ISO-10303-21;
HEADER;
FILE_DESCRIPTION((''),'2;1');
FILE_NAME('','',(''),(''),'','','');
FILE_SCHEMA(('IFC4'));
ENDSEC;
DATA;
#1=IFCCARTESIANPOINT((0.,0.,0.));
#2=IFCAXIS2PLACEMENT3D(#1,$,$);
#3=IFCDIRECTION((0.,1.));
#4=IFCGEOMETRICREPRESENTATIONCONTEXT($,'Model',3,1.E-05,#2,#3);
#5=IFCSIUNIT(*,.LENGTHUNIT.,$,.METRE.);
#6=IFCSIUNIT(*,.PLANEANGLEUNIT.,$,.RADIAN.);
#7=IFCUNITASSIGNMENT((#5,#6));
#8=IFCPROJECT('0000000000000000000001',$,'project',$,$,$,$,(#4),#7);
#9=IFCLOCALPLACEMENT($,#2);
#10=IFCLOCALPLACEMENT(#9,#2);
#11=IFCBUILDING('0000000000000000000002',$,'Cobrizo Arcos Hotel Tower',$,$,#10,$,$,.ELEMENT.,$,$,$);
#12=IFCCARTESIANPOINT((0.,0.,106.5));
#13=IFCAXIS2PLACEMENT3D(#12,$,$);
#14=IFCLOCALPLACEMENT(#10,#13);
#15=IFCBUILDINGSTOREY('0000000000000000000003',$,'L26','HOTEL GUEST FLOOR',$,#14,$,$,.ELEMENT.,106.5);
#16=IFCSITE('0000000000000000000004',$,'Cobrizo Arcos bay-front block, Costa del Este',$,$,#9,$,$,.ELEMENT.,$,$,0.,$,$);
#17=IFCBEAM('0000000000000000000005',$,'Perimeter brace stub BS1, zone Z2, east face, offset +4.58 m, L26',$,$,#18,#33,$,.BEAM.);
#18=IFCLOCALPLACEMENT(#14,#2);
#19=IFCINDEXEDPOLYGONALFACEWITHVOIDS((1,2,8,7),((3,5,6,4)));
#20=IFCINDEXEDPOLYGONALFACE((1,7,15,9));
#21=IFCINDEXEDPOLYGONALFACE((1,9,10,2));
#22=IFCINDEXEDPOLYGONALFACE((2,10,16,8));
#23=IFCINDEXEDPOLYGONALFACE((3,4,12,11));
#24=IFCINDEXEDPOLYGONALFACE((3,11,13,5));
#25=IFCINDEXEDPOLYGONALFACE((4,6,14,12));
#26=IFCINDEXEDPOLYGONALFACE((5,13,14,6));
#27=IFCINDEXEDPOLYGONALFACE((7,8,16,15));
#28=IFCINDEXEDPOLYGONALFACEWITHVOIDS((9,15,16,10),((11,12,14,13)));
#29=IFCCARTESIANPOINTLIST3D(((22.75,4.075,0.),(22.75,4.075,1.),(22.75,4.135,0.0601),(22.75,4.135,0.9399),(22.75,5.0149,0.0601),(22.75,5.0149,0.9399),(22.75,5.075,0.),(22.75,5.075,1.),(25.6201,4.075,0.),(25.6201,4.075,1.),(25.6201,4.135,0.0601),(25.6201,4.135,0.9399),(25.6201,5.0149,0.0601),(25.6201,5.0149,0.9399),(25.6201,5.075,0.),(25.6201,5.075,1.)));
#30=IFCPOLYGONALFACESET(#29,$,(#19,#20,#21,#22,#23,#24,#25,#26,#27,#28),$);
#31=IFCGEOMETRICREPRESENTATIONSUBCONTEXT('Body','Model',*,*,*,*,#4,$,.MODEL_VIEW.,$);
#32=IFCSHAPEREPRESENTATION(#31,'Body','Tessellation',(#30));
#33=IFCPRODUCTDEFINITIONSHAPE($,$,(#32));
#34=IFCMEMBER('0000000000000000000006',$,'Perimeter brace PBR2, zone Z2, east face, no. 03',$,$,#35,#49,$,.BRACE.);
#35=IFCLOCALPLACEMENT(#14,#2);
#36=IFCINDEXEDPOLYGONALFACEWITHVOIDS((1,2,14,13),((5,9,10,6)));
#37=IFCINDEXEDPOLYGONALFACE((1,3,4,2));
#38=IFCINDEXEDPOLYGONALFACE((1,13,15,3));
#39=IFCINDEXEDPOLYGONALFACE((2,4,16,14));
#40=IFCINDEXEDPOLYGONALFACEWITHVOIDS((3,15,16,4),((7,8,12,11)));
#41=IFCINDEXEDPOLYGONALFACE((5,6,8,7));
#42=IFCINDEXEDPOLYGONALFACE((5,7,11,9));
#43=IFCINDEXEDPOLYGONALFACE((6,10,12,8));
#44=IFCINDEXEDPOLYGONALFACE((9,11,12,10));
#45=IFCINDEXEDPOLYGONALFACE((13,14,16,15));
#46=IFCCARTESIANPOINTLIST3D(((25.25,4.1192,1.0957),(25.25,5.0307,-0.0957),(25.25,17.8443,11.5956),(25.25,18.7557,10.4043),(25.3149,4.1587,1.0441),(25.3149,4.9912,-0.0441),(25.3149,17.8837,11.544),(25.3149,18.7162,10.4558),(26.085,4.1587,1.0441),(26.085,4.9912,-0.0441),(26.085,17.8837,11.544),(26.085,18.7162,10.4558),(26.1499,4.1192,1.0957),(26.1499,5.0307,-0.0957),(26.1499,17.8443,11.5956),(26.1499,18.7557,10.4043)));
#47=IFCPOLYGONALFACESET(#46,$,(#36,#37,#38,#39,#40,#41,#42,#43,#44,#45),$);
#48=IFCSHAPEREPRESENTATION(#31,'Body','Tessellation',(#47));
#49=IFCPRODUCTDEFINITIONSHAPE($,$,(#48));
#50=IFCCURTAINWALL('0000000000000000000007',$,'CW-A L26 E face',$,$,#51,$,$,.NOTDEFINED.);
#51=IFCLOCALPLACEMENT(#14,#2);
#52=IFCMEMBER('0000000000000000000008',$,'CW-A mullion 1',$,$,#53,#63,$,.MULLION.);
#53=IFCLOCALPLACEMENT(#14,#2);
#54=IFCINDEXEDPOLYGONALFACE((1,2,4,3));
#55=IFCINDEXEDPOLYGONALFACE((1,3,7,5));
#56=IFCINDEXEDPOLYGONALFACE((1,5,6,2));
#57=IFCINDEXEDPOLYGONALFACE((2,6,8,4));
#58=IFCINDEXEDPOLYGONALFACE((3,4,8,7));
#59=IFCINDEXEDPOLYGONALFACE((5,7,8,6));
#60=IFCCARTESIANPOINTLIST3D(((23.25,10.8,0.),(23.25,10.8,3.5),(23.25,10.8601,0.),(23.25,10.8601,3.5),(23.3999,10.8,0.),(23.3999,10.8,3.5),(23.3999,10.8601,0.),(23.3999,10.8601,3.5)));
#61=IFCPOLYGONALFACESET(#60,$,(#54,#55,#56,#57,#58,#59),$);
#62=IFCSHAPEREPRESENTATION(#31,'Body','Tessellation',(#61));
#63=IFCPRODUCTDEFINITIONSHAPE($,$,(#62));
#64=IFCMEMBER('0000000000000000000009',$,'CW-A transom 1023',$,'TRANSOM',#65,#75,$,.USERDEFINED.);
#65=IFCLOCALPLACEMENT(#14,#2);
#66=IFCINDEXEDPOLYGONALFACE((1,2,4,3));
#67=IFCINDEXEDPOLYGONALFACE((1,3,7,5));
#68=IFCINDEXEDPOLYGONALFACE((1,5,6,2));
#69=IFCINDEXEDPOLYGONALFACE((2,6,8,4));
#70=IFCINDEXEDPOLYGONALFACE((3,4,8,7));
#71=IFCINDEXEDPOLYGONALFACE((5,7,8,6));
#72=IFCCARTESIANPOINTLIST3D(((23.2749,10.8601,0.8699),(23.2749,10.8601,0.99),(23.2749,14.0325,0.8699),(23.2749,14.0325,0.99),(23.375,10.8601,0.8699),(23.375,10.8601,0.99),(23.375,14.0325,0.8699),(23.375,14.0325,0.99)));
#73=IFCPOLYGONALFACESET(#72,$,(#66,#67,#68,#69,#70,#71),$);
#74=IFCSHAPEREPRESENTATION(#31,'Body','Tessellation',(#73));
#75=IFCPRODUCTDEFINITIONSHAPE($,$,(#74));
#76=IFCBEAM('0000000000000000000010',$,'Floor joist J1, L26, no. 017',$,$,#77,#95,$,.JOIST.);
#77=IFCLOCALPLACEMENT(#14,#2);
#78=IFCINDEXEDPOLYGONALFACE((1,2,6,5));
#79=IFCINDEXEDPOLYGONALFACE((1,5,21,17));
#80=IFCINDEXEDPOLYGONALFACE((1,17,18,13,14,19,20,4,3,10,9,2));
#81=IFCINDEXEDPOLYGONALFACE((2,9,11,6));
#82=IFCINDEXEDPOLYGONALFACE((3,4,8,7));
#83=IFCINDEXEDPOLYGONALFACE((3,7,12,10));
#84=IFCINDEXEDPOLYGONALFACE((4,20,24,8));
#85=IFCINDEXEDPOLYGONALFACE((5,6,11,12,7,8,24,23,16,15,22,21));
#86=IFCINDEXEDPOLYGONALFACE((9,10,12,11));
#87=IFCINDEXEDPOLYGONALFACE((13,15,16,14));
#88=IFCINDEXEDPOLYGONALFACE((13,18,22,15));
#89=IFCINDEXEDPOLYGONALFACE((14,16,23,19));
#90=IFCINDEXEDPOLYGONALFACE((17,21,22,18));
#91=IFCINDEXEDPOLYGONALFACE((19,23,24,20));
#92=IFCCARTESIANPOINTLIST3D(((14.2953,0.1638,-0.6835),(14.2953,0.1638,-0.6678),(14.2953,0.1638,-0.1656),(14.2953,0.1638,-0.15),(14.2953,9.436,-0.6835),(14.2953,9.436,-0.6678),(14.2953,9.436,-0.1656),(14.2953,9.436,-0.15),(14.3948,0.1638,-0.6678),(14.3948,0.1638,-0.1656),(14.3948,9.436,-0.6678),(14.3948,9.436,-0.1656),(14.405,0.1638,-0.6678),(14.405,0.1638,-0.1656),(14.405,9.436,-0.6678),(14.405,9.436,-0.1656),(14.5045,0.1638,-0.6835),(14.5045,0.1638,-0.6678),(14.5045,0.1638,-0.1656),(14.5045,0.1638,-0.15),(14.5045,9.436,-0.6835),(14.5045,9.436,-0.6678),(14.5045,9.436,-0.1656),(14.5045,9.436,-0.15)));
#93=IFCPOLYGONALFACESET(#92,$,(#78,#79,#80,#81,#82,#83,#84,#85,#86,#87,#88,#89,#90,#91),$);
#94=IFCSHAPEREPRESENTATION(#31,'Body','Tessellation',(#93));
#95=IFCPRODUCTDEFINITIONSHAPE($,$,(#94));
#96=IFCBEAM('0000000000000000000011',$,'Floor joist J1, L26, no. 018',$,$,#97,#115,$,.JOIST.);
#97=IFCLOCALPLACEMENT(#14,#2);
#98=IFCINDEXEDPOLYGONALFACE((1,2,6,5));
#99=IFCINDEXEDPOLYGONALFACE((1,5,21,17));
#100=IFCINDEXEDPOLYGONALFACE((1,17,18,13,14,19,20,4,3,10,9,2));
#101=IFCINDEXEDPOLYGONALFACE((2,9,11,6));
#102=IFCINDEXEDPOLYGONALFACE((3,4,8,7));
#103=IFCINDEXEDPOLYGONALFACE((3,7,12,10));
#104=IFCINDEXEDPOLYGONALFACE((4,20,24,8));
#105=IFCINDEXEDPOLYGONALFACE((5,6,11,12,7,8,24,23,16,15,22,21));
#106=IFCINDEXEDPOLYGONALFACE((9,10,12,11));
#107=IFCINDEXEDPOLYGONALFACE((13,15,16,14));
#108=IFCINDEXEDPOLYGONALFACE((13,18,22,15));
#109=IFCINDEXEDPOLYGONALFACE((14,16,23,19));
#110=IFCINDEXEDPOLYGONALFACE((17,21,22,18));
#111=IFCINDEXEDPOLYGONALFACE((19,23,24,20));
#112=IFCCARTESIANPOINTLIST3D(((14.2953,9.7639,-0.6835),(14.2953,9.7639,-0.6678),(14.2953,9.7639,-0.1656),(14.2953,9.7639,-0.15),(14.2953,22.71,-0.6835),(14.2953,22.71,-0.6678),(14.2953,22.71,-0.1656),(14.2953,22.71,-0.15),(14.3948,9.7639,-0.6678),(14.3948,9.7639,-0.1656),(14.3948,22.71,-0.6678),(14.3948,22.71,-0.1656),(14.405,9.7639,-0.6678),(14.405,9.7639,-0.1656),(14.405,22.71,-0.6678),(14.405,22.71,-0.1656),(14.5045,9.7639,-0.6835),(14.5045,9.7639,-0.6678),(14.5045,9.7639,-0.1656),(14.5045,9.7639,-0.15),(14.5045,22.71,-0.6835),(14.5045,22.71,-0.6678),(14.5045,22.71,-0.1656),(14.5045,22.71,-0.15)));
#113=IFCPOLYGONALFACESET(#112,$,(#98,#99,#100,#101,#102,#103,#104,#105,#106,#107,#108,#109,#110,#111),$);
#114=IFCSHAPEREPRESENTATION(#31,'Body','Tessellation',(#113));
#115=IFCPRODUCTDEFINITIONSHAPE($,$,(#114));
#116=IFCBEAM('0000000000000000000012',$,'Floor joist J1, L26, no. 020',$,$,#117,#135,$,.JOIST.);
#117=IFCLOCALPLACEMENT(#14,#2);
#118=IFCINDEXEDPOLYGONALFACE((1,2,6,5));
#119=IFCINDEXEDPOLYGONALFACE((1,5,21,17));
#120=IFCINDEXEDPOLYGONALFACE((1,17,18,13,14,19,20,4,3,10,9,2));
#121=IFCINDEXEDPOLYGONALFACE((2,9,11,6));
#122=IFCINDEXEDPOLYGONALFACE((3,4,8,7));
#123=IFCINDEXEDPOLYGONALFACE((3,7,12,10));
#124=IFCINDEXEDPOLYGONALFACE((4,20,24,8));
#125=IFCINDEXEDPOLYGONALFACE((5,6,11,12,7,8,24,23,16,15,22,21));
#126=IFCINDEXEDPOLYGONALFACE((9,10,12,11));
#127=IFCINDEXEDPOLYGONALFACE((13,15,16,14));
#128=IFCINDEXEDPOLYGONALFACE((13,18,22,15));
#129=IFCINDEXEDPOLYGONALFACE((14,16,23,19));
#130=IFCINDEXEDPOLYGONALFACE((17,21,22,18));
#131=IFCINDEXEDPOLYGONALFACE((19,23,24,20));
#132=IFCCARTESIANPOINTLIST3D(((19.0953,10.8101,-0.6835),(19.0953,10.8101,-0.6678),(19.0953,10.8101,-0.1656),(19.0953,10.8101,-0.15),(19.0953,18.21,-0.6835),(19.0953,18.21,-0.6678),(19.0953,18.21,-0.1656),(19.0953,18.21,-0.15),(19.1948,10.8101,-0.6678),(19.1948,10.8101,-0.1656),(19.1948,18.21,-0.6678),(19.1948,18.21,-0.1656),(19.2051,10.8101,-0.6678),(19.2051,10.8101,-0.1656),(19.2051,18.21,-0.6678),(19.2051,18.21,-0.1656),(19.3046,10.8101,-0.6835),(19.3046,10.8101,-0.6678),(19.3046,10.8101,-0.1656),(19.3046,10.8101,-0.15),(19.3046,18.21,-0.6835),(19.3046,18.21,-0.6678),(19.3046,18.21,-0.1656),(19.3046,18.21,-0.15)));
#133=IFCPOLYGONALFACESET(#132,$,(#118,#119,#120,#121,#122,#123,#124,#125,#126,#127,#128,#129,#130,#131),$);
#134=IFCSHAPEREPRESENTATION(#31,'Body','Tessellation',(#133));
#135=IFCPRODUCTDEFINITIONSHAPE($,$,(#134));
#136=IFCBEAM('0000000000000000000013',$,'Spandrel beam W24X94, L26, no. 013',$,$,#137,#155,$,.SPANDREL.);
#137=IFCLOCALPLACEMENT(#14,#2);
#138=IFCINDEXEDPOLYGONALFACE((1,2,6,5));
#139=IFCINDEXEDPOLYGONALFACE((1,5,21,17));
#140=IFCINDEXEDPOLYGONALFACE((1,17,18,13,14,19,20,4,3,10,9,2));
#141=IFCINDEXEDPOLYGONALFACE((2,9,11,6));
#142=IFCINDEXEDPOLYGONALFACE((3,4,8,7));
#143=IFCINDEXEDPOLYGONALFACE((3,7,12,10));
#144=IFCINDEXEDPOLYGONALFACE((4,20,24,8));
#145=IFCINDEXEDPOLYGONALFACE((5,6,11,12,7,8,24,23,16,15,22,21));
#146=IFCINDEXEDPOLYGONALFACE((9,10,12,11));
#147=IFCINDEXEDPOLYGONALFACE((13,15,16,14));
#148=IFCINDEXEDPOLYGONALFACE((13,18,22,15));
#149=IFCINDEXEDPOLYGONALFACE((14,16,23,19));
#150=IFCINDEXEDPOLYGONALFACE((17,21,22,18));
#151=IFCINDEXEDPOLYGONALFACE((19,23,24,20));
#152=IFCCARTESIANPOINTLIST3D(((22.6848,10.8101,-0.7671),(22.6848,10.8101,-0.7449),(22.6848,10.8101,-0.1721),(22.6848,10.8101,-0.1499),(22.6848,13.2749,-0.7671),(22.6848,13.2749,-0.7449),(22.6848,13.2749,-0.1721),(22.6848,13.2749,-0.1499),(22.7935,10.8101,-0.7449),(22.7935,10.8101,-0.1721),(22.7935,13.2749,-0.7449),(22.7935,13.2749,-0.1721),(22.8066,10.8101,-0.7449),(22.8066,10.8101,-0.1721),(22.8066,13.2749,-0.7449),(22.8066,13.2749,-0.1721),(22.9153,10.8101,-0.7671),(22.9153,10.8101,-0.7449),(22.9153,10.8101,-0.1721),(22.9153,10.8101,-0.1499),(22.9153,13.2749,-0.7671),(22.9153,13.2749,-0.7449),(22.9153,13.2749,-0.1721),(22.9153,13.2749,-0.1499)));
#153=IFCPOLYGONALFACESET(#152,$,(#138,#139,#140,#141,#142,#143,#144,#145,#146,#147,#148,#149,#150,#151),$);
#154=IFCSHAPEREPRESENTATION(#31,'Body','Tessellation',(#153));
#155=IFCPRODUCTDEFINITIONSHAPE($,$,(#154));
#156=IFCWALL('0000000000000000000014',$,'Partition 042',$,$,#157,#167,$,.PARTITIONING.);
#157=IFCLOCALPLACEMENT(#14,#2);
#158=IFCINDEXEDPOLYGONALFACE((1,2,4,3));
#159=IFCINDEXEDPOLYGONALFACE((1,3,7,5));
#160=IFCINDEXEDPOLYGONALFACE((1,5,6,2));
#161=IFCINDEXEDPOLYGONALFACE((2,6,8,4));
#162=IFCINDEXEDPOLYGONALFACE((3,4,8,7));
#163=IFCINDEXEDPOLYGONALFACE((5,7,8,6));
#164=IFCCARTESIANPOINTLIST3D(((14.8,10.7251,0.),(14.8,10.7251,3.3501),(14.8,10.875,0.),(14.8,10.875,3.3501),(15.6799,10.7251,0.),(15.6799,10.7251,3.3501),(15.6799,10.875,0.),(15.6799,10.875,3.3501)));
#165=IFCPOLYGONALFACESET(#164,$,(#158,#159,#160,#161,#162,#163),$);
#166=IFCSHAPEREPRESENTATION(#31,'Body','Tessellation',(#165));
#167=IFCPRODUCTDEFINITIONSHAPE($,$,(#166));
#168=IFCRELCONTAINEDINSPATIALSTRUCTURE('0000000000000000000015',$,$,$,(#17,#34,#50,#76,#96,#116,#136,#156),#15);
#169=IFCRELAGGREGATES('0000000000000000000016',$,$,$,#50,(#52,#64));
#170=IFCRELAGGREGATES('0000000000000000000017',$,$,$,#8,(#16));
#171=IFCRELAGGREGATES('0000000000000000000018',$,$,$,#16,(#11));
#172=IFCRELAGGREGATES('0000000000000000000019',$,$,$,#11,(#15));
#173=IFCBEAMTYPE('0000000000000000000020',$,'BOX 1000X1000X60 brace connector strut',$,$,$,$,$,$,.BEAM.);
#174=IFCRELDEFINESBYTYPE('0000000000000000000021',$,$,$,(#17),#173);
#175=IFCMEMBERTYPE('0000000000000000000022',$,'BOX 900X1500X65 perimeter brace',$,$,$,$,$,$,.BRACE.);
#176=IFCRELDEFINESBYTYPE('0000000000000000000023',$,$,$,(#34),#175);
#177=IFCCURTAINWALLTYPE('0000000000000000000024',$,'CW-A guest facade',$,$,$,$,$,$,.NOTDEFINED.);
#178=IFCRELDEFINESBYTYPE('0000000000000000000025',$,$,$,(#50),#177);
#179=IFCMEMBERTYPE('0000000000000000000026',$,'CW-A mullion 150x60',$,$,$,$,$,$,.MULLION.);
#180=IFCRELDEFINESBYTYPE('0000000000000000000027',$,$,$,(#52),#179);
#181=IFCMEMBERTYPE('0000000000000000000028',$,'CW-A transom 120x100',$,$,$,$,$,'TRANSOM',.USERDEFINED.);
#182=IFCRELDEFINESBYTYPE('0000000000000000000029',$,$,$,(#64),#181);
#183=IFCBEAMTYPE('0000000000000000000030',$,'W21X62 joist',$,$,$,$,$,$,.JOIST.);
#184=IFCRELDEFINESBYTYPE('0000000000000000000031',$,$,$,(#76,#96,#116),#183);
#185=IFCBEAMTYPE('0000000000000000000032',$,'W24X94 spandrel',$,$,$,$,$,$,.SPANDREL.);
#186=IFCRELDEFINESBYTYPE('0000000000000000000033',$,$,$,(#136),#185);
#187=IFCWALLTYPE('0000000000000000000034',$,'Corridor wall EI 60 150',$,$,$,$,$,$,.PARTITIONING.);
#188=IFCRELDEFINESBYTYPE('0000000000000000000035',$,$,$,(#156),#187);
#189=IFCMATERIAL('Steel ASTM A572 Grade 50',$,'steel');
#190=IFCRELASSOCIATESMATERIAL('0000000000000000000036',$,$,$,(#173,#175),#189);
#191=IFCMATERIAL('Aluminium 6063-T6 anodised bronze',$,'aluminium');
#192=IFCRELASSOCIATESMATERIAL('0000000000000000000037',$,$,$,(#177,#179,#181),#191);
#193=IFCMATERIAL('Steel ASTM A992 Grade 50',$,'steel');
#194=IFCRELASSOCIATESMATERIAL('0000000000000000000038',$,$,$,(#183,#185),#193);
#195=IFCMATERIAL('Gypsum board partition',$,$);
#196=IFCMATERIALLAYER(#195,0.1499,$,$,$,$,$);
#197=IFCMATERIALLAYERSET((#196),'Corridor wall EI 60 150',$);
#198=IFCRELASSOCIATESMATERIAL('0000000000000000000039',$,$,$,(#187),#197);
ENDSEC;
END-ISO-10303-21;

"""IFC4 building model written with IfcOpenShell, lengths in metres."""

from ifc_helpers import new_model, si_unit, direction, frame, frame_2d, origin, origin_2d, place, context, subcontext, project, spatial, rectangle, hollow_rectangle, i_section, extrude, material, layer, layer_set, material_profile, profile_set, type_object, element, aggregate, save


model = new_model("IFC4")

# Units and contexts
model_context = context("Model", 3, precision=1e-05, world=origin(), true_north=direction((0.0, 1.0)))
body_context = subcontext(model_context, "Body", "Model", "MODEL_VIEW")
ifc_project = project(units=[si_unit("LENGTHUNIT", "METRE"), si_unit("PLANEANGLEUNIT", "RADIAN")], contexts=[model_context])

# Site, building, storey
site_placement = place(None, origin())
site = spatial("IfcSite", under=ifc_project, at=site_placement, Name="Cobrizo Arcos bay-front block, Costa del Este", CompositionType="ELEMENT", RefElevation=0.0)
building_placement = place(site_placement, origin())
building = spatial("IfcBuilding", under=site, at=building_placement, Name="Cobrizo Arcos Hotel Tower", CompositionType="ELEMENT")
storey_placement = place(building_placement, frame((0.0, 0.0, 106.5)))
storey = spatial("IfcBuildingStorey", under=building, at=storey_placement, Name="L26", Description="HOTEL GUEST FLOOR", CompositionType="ELEMENT", Elevation=106.5)

# Beam
ifc_material_1 = material(Name="Steel ASTM A572 Grade 50", Category="steel")
ifc_material_profile_1 = material_profile(ifc_material_1, hollow_rectangle(XDim=1.0, YDim=1.0, WallThickness=0.0601, at=origin_2d()), Name="BOX 1000X1000X60")
ifc_profile_set_1 = profile_set([ifc_material_profile_1], Name="Steel ASTM A572 Grade 50")
beam_type_1 = type_object("IfcBeamType", Name="BOX 1000X1000X60 brace connector strut", PredefinedType="BEAM", material=ifc_profile_set_1)
beam_1_placement = place(storey_placement, frame((22.75, 4.575, 0.5), z_axis=(1.0, 0.0, 0.0), x_axis=(0.0, 1.0, 0.0)))
element("IfcBeam", 1, at=beam_1_placement, inside=storey, type_object=beam_type_1, Name="Perimeter brace stub BS1, zone Z2, east face, offset +4.58 m, L26", PredefinedType="BEAM", context=body_context, shape_type="SweptSolid", body=[
    extrude(hollow_rectangle(XDim=1.0, YDim=1.0, WallThickness=0.0601, at=origin_2d()), origin(), (0.0, 0.0, 1.0), 2.8701),
])

# Member
ifc_material_profile_2 = material_profile(ifc_material_1, hollow_rectangle(XDim=0.8999, YDim=1.5, WallThickness=0.0649, at=origin_2d()), Name="BOX 900X1500X65")
ifc_profile_set_2 = profile_set([ifc_material_profile_2], Name="Steel ASTM A572 Grade 50")
member_type_1 = type_object("IfcMemberType", Name="BOX 900X1500X65 perimeter brace", PredefinedType="BRACE", material=ifc_profile_set_2)
member_1_placement = place(storey_placement, frame((25.7, 4.575, 0.5), z_axis=(0.0, 0.794237, 0.607608), x_axis=(-1.0, 0.0, 0.0)))
element("IfcMember", 2, at=member_1_placement, inside=storey, type_object=member_type_1, Name="Perimeter brace PBR2, zone Z2, east face, no. 03", PredefinedType="BRACE", context=body_context, shape_type="SweptSolid", body=[
    extrude(hollow_rectangle(XDim=0.8999, YDim=1.5, WallThickness=0.0649, at=origin_2d()), origin(), (0.0, 0.0, 1.0), 17.2808),
])

# Curtain wall, members
ifc_material_2 = material(Name="Aluminium 6063-T6 anodised bronze", Category="aluminium")
curtain_wall_type = type_object("IfcCurtainWallType", Name="CW-A guest facade", PredefinedType="NOTDEFINED", material=ifc_material_2)
curtain_wall_placement = place(storey_placement, origin())
curtain_wall = element("IfcCurtainWall", 3, at=curtain_wall_placement, inside=storey, type_object=curtain_wall_type, Name="CW-A L26 E face", PredefinedType="NOTDEFINED")
ifc_material_profile_3 = material_profile(ifc_material_2, rectangle(XDim=0.1499, YDim=0.0601, at=origin_2d()), Name="CW-A mullion 150x60")
ifc_profile_set_3 = profile_set([ifc_material_profile_3], Name="Aluminium 6063-T6 anodised bronze")
member_type_2 = type_object("IfcMemberType", Name="CW-A mullion 150x60", PredefinedType="MULLION", material=ifc_profile_set_3)
member_2_placement = place(storey_placement, frame((23.325, 10.8301, 0.0), z_axis=(0.0, 0.0, 1.0), x_axis=(1.0, 0.0, 0.0)))
member_2 = element("IfcMember", 4, at=member_2_placement, type_object=member_type_2, Name="CW-A mullion 1", PredefinedType="MULLION", context=body_context, shape_type="SweptSolid", body=[
    extrude(rectangle(XDim=0.1499, YDim=0.0601, at=origin_2d()), origin(), (0.0, 0.0, 1.0), 3.5),
])
ifc_material_profile_4 = material_profile(ifc_material_2, rectangle(XDim=0.1001, YDim=0.1201, at=origin_2d()), Name="CW-A transom 120x100")
ifc_profile_set_4 = profile_set([ifc_material_profile_4], Name="Aluminium 6063-T6 anodised bronze")
member_type_3 = type_object("IfcMemberType", Name="CW-A transom 120x100", ElementType="TRANSOM", PredefinedType="USERDEFINED", material=ifc_profile_set_4)
member_3_placement = place(storey_placement, frame((23.325, 10.8601, 0.9299), z_axis=(0.0, 1.0, 0.0), x_axis=(-1.0, 0.0, 0.0)))
member_3 = element("IfcMember", 5, at=member_3_placement, type_object=member_type_3, Name="CW-A transom 1023", ObjectType="TRANSOM", PredefinedType="USERDEFINED", context=body_context, shape_type="SweptSolid", body=[
    extrude(rectangle(XDim=0.1001, YDim=0.1201, at=origin_2d()), origin(), (0.0, 0.0, 1.0), 3.1724),
])
aggregate(curtain_wall, [member_2, member_3])

# Beams
ifc_material_3 = material(Name="Steel ASTM A992 Grade 50", Category="steel")
ifc_material_profile_5 = material_profile(ifc_material_3, i_section(OverallWidth=0.2092, OverallDepth=0.5334, WebThickness=0.0103, FlangeThickness=0.0156, at=origin_2d()), Name="W21X62")
ifc_profile_set_5 = profile_set([ifc_material_profile_5], Name="Steel ASTM A992 Grade 50")
beam_type_2 = type_object("IfcBeamType", Name="W21X62 joist", PredefinedType="JOIST", material=ifc_profile_set_5)
beam_2_placement = place(storey_placement, frame((14.3999, 0.1638, -0.4167), z_axis=(0.0, 1.0, 0.0), x_axis=(-1.0, 0.0, 0.0)))
element("IfcBeam", 6, at=beam_2_placement, inside=storey, type_object=beam_type_2, Name="Floor joist J1, L26, no. 017", PredefinedType="JOIST", context=body_context, shape_type="SweptSolid", body=[
    extrude(i_section(OverallWidth=0.2092, OverallDepth=0.5334, WebThickness=0.0103, FlangeThickness=0.0156, at=origin_2d()), origin(), (0.0, 0.0, 1.0), 9.2722),
])
beam_3_placement = place(storey_placement, frame((14.3999, 9.7639, -0.4167), z_axis=(0.0, 1.0, 0.0), x_axis=(-1.0, 0.0, 0.0)))
element("IfcBeam", 7, at=beam_3_placement, inside=storey, type_object=beam_type_2, Name="Floor joist J1, L26, no. 018", PredefinedType="JOIST", context=body_context, shape_type="SweptSolid", body=[
    extrude(i_section(OverallWidth=0.2092, OverallDepth=0.5334, WebThickness=0.0103, FlangeThickness=0.0156, at=origin_2d()), origin(), (0.0, 0.0, 1.0), 12.946),
])
beam_4_placement = place(storey_placement, frame((19.2, 10.8101, -0.4167), z_axis=(0.0, 1.0, 0.0), x_axis=(-1.0, 0.0, 0.0)))
element("IfcBeam", 8, at=beam_4_placement, inside=storey, type_object=beam_type_2, Name="Floor joist J1, L26, no. 020", PredefinedType="JOIST", context=body_context, shape_type="SweptSolid", body=[
    extrude(i_section(OverallWidth=0.2092, OverallDepth=0.5334, WebThickness=0.0103, FlangeThickness=0.0156, at=origin_2d()), origin(), (0.0, 0.0, 1.0), 7.3999),
])
ifc_material_profile_6 = material_profile(ifc_material_3, i_section(OverallWidth=0.2305, OverallDepth=0.6172, WebThickness=0.0132, FlangeThickness=0.0222, at=origin_2d()), Name="W24X94")
ifc_profile_set_6 = profile_set([ifc_material_profile_6], Name="Steel ASTM A992 Grade 50")
beam_type_3 = type_object("IfcBeamType", Name="W24X94 spandrel", PredefinedType="SPANDREL", material=ifc_profile_set_6)
beam_5_placement = place(storey_placement, frame((22.8, 10.8101, -0.4585), z_axis=(0.0, 1.0, 0.0), x_axis=(-1.0, 0.0, 0.0)))
element("IfcBeam", 9, at=beam_5_placement, inside=storey, type_object=beam_type_3, Name="Spandrel beam W24X94, L26, no. 013", PredefinedType="SPANDREL", context=body_context, shape_type="SweptSolid", body=[
    extrude(i_section(OverallWidth=0.2305, OverallDepth=0.6172, WebThickness=0.0132, FlangeThickness=0.0222, at=origin_2d()), origin(), (0.0, 0.0, 1.0), 2.4648),
])

# Wall
ifc_material_4 = material(Name="Gypsum board partition")
ifc_layer_1 = layer(ifc_material_4, 0.1499)
ifc_layer_set_1 = layer_set([ifc_layer_1], Name="Corridor wall EI 60 150")
wall_type_1 = type_object("IfcWallType", Name="Corridor wall EI 60 150", PredefinedType="PARTITIONING", material=ifc_layer_set_1)
wall_1_placement = place(storey_placement, frame((14.8, 10.8, 0.0), z_axis=(0.0, 0.0, 1.0), x_axis=(1.0, 0.0, 0.0)))
element("IfcWall", 10, at=wall_1_placement, inside=storey, type_object=wall_type_1, Name="Partition 042", PredefinedType="PARTITIONING", context=body_context, shape_type="SweptSolid", body=[
    extrude(rectangle(XDim=0.8799, YDim=0.1499, at=frame_2d((0.4399, 0.0))), origin(), (0.0, 0.0, 1.0), 3.3501),
])

save(model, "model.ifc")
